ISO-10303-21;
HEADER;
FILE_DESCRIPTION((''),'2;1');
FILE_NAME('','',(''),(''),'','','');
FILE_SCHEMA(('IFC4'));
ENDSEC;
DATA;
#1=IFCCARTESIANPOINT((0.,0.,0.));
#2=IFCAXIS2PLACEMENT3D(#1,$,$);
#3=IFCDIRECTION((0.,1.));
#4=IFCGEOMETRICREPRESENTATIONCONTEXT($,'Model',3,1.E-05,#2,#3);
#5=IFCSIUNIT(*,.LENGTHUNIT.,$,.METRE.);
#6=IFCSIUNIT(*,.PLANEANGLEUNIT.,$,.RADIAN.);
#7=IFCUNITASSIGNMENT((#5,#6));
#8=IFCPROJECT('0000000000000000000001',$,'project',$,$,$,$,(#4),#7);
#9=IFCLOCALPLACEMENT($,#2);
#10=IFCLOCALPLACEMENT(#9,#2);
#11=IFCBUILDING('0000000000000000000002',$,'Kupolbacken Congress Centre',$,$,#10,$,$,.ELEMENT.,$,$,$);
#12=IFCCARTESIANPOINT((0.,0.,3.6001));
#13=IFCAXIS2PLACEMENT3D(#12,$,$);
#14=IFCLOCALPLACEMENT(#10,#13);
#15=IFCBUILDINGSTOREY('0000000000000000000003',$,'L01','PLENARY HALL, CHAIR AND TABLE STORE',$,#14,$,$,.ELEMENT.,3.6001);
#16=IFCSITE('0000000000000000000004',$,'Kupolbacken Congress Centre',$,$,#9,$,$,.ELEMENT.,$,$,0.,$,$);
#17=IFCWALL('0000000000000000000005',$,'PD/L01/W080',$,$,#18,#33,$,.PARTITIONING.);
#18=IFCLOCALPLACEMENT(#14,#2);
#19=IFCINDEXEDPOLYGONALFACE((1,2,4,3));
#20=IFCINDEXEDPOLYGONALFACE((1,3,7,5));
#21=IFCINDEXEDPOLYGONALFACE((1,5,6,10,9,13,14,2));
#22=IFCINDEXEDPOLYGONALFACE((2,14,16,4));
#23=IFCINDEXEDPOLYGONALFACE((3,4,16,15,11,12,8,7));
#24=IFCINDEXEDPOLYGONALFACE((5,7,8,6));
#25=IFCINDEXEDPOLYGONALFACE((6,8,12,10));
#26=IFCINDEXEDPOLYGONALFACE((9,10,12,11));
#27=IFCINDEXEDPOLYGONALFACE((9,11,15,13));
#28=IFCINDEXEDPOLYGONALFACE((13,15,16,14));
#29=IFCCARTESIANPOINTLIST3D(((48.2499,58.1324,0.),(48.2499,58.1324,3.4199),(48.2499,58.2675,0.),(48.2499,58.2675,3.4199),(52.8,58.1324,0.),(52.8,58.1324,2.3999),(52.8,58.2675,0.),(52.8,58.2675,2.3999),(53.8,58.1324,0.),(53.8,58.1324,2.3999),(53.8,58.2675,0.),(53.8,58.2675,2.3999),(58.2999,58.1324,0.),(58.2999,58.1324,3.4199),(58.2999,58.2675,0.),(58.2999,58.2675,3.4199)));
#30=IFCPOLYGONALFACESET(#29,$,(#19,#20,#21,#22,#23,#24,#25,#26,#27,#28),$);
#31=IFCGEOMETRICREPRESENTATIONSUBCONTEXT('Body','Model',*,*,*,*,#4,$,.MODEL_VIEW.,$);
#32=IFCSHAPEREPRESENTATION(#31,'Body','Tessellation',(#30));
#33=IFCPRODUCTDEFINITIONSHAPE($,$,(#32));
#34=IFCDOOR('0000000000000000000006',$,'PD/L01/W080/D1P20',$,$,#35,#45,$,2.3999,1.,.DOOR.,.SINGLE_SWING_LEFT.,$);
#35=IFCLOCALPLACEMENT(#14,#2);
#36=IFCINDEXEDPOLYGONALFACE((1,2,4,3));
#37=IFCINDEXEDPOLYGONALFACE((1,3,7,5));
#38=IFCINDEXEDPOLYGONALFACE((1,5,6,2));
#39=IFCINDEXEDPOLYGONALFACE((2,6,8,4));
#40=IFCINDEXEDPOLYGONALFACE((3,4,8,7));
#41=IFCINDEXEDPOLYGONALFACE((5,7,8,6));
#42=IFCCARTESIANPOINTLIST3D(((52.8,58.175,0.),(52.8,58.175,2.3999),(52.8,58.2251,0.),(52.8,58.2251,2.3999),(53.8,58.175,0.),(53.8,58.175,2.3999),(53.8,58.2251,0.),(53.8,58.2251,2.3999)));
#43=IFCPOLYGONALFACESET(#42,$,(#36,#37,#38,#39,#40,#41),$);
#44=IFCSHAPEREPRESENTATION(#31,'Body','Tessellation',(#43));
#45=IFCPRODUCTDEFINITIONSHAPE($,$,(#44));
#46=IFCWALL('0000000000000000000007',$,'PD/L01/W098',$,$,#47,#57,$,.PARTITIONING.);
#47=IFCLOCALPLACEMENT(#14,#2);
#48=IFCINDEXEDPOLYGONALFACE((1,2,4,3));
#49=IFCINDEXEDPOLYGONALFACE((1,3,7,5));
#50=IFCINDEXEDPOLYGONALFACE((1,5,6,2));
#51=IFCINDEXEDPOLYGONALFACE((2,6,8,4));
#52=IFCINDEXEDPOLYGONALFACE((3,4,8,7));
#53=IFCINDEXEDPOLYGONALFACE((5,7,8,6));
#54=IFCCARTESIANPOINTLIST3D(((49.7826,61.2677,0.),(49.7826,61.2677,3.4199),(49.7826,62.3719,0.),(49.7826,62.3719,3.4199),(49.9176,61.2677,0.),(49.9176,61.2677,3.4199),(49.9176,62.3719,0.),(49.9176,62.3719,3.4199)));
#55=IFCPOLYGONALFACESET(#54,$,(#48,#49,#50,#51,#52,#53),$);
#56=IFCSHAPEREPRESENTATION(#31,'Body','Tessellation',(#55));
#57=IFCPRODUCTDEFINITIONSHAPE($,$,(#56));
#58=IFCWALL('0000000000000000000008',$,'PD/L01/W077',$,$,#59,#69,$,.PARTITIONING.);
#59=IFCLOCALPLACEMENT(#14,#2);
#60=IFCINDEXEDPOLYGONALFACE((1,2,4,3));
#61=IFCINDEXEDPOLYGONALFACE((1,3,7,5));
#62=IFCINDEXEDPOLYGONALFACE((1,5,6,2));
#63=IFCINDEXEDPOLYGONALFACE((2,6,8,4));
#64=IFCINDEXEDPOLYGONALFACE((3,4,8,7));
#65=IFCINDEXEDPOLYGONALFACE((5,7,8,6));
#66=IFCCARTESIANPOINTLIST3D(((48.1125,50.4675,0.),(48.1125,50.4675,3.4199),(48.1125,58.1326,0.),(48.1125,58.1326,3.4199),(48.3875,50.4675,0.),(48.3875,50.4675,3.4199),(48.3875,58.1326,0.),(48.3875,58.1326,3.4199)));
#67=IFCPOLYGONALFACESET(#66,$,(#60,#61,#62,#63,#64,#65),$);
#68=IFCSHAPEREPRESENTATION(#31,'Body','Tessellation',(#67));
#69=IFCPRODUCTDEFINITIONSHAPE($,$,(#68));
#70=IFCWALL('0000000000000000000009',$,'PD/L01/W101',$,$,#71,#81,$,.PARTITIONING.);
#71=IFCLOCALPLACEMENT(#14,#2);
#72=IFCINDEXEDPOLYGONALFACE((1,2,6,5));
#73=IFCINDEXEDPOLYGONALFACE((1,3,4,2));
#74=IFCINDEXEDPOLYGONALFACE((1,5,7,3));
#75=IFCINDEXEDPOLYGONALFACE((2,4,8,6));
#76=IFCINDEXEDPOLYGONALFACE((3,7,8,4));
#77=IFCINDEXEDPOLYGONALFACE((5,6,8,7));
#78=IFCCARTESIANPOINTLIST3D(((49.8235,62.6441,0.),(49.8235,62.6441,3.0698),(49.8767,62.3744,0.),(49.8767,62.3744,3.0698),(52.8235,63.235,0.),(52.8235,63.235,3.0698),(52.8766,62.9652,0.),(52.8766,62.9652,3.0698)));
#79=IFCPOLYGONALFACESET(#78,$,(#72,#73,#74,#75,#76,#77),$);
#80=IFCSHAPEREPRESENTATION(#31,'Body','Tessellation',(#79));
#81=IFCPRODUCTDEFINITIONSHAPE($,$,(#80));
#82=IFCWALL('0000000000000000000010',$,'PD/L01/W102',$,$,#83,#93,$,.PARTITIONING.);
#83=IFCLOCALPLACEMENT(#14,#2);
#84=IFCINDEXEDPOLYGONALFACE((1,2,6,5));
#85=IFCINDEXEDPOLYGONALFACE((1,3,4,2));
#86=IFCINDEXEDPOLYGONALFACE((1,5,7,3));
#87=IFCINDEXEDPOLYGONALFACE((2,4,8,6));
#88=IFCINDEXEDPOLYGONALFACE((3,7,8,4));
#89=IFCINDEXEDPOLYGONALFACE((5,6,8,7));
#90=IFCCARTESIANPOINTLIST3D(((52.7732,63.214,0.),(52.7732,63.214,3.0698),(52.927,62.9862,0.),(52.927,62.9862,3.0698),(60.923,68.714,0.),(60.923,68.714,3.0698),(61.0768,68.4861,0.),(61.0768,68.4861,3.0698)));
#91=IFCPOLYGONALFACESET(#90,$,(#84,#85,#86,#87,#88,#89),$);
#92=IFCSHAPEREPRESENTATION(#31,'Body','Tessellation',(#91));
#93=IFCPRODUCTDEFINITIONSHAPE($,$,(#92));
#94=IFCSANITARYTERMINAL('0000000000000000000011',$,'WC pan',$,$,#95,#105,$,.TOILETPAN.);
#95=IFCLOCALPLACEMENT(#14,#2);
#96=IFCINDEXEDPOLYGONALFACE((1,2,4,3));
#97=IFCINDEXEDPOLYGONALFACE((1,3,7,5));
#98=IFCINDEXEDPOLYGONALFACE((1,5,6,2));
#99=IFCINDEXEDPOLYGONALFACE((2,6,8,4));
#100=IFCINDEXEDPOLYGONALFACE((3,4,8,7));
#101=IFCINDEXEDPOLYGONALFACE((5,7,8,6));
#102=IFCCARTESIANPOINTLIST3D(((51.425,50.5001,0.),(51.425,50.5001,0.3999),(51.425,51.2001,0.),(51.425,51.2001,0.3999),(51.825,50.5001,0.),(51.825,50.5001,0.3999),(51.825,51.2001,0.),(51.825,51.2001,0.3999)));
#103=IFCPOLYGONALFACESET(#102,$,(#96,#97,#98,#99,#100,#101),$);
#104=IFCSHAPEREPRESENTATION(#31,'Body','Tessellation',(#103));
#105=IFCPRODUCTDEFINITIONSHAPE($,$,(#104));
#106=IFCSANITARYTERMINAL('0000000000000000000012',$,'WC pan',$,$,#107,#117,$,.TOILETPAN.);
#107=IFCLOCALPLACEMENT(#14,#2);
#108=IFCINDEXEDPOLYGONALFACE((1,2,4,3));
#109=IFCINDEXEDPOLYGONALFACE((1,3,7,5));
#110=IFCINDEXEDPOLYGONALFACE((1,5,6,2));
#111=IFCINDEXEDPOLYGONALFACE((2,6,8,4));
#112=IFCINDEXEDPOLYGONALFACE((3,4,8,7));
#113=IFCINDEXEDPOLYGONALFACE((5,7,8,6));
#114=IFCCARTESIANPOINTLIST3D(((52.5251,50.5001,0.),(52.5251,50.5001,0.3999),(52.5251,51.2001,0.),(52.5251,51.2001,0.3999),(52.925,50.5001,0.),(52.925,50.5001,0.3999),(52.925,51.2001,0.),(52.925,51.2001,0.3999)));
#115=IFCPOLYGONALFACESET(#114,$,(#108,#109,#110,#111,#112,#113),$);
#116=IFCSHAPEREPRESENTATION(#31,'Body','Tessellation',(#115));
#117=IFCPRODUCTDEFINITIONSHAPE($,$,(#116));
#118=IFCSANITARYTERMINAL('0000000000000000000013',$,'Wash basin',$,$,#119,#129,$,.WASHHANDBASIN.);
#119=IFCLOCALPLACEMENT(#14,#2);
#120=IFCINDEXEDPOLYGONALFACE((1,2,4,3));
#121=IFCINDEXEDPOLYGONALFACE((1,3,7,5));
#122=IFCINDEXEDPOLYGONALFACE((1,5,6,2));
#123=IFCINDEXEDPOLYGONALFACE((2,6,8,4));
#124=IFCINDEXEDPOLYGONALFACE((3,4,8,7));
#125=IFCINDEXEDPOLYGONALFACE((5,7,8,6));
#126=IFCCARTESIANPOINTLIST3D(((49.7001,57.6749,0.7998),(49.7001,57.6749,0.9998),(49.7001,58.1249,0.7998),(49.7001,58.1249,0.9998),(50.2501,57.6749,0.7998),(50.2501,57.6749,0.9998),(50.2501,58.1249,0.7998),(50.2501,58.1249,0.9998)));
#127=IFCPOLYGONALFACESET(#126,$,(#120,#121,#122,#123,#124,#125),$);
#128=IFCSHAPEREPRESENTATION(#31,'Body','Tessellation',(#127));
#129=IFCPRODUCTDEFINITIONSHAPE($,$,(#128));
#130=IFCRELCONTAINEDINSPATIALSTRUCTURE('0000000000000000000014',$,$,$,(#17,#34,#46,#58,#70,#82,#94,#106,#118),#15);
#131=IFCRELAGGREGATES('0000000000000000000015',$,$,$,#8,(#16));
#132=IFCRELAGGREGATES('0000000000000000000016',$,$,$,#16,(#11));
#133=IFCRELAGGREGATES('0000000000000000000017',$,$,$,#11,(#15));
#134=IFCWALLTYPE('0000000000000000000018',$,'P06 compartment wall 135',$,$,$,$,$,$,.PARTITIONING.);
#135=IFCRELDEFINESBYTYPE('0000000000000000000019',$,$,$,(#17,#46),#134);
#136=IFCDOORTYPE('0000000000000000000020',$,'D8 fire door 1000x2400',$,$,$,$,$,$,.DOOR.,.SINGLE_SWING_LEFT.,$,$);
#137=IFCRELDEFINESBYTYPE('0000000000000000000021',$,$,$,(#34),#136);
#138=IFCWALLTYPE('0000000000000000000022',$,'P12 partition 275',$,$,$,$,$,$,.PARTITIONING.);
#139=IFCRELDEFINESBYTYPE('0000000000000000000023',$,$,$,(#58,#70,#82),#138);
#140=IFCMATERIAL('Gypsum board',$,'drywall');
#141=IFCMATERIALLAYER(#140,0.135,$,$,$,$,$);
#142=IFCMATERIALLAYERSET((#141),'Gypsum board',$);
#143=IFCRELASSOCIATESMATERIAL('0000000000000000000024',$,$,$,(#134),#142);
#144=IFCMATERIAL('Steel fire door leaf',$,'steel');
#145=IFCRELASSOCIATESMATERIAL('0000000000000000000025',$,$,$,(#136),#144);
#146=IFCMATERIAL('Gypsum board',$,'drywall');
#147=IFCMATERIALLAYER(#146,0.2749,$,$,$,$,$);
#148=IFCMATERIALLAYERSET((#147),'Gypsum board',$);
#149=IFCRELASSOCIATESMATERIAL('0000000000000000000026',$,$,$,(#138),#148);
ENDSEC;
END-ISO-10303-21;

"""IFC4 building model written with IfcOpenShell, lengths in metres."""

from ifc_helpers import new_model, si_unit, direction, frame, frame_2d, origin, origin_2d, place, context, subcontext, project, spatial, rectangle, extrude, material, layer, layer_set, type_object, element, fill, save


model = new_model("IFC4")

# Units and contexts
model_context = context("Model", 3, precision=1e-05, world=origin(), true_north=direction((0.0, 1.0)))
body_context = subcontext(model_context, "Body", "Model", "MODEL_VIEW")
ifc_project = project(units=[si_unit("LENGTHUNIT", "METRE"), si_unit("PLANEANGLEUNIT", "RADIAN")], contexts=[model_context])

# Site, building, storey
site_placement = place(None, origin())
site = spatial("IfcSite", under=ifc_project, at=site_placement, Name="Kupolbacken Congress Centre", CompositionType="ELEMENT", RefElevation=0.0)
building_placement = place(site_placement, origin())
building = spatial("IfcBuilding", under=site, at=building_placement, Name="Kupolbacken Congress Centre", CompositionType="ELEMENT")
storey_placement = place(building_placement, frame((0.0, 0.0, 3.6001)))
storey = spatial("IfcBuildingStorey", under=building, at=storey_placement, Name="L01", Description="PLENARY HALL, CHAIR AND TABLE STORE", CompositionType="ELEMENT", Elevation=3.6001)

# Wall, opening, door
ifc_material_1 = material(Name="Gypsum board", Category="drywall")
ifc_layer_1 = layer(ifc_material_1, 0.135)
ifc_layer_set_1 = layer_set([ifc_layer_1], Name="Gypsum board")
wall_type_1 = type_object("IfcWallType", Name="P06 compartment wall 135", PredefinedType="PARTITIONING", material=ifc_layer_set_1)
wall_1_placement = place(storey_placement, frame((48.25, 58.2, 0.0), z_axis=(0.0, 0.0, 1.0), x_axis=(1.0, 0.0, 0.0)))
wall_1 = element("IfcWall", 1, at=wall_1_placement, inside=storey, type_object=wall_type_1, Name="PD/L01/W080", PredefinedType="PARTITIONING", context=body_context, shape_type="SweptSolid", body=[
    extrude(rectangle(XDim=10.05, YDim=0.135, at=frame_2d((5.0249, 0.0))), origin(), (0.0, 0.0, 1.0), 3.4199),
])
opening_1_placement = place(wall_1_placement, frame((4.55, 0.0, 0.0)))
opening_1 = element("IfcOpeningElement", 2, at=opening_1_placement, cuts=wall_1, PredefinedType="OPENING", context=body_context, shape_type="SweptSolid", body=[
    extrude(rectangle(XDim=1.0, YDim=2.3999, at=frame_2d((0.5, 1.2))), frame((0.0, 0.0774, 0.0), z_axis=(0.0, -1.0, 0.0), x_axis=(1.0, 0.0, 0.0)), (0.0, 0.0, 1.0), 0.155),
])
ifc_material_2 = material(Name="Steel fire door leaf", Category="steel")
door_type_1 = type_object("IfcDoorType", Name="D8 fire door 1000x2400", OperationType="SINGLE_SWING_LEFT", PredefinedType="DOOR", material=ifc_material_2)
door_1_placement = place(opening_1_placement, frame((1.0, 0.0, 0.0), z_axis=(0.0, 0.0, 1.0), x_axis=(-1.0, 0.0, 0.0)))
door_1 = element("IfcDoor", 3, at=door_1_placement, inside=storey, type_object=door_type_1, Name="PD/L01/W080/D1P20", OperationType="SINGLE_SWING_LEFT", OverallHeight=2.3999, OverallWidth=1.0, PredefinedType="DOOR", context=body_context, shape_type="SweptSolid", body=[
    extrude(rectangle(XDim=1.0, YDim=2.3999, at=frame_2d((0.5, 1.2))), frame((0.0, 0.0249, 0.0), z_axis=(0.0, -1.0, 0.0), x_axis=(1.0, 0.0, 0.0)), (0.0, 0.0, 1.0), 0.05),
])
fill(opening_1, door_1)

# Walls
wall_2_placement = place(storey_placement, frame((49.8501, 61.2676, 0.0), z_axis=(0.0, 0.0, 1.0), x_axis=(0.0, 1.0, 0.0)))
element("IfcWall", 4, at=wall_2_placement, inside=storey, type_object=wall_type_1, Name="PD/L01/W098", PredefinedType="PARTITIONING", context=body_context, shape_type="SweptSolid", body=[
    extrude(rectangle(XDim=1.1042, YDim=0.135, at=frame_2d((0.5522, 0.0))), origin(), (0.0, 0.0, 1.0), 3.4199),
])
ifc_material_3 = material(Name="Gypsum board", Category="drywall")
ifc_layer_2 = layer(ifc_material_3, 0.2749)
ifc_layer_set_2 = layer_set([ifc_layer_2], Name="Gypsum board")
wall_type_2 = type_object("IfcWallType", Name="P12 partition 275", PredefinedType="PARTITIONING", material=ifc_layer_set_2)
wall_3_placement = place(storey_placement, frame((48.25, 58.1326, 0.0), z_axis=(0.0, 0.0, 1.0), x_axis=(0.0, -1.0, 0.0)))
element("IfcWall", 5, at=wall_3_placement, inside=storey, type_object=wall_type_2, Name="PD/L01/W077", PredefinedType="PARTITIONING", context=body_context, shape_type="SweptSolid", body=[
    extrude(rectangle(XDim=7.665, YDim=0.2749, at=frame_2d((3.8325, 0.0))), origin(), (0.0, 0.0, 1.0), 3.4199),
])
wall_4_placement = place(storey_placement, frame((49.8501, 62.5093, 0.0), z_axis=(0.0, 0.0, 1.0), x_axis=(0.981154, 0.193229, 0.0)))
element("IfcWall", 6, at=wall_4_placement, inside=storey, type_object=wall_type_2, Name="PD/L01/W101", PredefinedType="PARTITIONING", context=body_context, shape_type="SweptSolid", body=[
    extrude(rectangle(XDim=3.0576, YDim=0.2749, at=frame_2d((1.5288, 0.0))), origin(), (0.0, 0.0, 1.0), 3.0698),
])
wall_5_placement = place(storey_placement, frame((52.8501, 63.1001, 0.0), z_axis=(0.0, 0.0, 1.0), x_axis=(0.828905, 0.55939, 0.0)))
element("IfcWall", 7, at=wall_5_placement, inside=storey, type_object=wall_type_2, Name="PD/L01/W102", PredefinedType="PARTITIONING", context=body_context, shape_type="SweptSolid", body=[
    extrude(rectangle(XDim=9.832, YDim=0.2749, at=frame_2d((4.916, 0.0))), origin(), (0.0, 0.0, 1.0), 3.0698),
])

# Sanitary terminals
for number, where, z_axis, x_axis, name in (
    (8, (51.625, 50.8501, 0.0), (0.0, 0.0, 1.0), (1.0, 0.0, 0.0), "WC pan"),
    (9, (52.7251, 50.8501, 0.0), (0.0, 0.0, 1.0), (1.0, 0.0, 0.0), "WC pan"),
):
    element("IfcSanitaryTerminal", number, at=place(storey_placement, frame(where, z_axis=z_axis, x_axis=x_axis)), inside=storey, Name=name, PredefinedType="TOILETPAN", context=body_context, shape_type="SweptSolid", body=[
        extrude(rectangle(XDim=0.3999, YDim=0.7, at=origin_2d()), origin(), (0.0, 0.0, 1.0), 0.3999),
    ])
sanitary_terminal_placement = place(storey_placement, frame((49.9751, 57.8999, 0.7998), z_axis=(0.0, 0.0, 1.0), x_axis=(1.0, 0.0, 0.0)))
element("IfcSanitaryTerminal", 10, at=sanitary_terminal_placement, inside=storey, Name="Wash basin", PredefinedType="WASHHANDBASIN", context=body_context, shape_type="SweptSolid", body=[
    extrude(rectangle(XDim=0.55, YDim=0.45, at=origin_2d()), origin(), (0.0, 0.0, 1.0), 0.2),
])

save(model, "model.ifc")
